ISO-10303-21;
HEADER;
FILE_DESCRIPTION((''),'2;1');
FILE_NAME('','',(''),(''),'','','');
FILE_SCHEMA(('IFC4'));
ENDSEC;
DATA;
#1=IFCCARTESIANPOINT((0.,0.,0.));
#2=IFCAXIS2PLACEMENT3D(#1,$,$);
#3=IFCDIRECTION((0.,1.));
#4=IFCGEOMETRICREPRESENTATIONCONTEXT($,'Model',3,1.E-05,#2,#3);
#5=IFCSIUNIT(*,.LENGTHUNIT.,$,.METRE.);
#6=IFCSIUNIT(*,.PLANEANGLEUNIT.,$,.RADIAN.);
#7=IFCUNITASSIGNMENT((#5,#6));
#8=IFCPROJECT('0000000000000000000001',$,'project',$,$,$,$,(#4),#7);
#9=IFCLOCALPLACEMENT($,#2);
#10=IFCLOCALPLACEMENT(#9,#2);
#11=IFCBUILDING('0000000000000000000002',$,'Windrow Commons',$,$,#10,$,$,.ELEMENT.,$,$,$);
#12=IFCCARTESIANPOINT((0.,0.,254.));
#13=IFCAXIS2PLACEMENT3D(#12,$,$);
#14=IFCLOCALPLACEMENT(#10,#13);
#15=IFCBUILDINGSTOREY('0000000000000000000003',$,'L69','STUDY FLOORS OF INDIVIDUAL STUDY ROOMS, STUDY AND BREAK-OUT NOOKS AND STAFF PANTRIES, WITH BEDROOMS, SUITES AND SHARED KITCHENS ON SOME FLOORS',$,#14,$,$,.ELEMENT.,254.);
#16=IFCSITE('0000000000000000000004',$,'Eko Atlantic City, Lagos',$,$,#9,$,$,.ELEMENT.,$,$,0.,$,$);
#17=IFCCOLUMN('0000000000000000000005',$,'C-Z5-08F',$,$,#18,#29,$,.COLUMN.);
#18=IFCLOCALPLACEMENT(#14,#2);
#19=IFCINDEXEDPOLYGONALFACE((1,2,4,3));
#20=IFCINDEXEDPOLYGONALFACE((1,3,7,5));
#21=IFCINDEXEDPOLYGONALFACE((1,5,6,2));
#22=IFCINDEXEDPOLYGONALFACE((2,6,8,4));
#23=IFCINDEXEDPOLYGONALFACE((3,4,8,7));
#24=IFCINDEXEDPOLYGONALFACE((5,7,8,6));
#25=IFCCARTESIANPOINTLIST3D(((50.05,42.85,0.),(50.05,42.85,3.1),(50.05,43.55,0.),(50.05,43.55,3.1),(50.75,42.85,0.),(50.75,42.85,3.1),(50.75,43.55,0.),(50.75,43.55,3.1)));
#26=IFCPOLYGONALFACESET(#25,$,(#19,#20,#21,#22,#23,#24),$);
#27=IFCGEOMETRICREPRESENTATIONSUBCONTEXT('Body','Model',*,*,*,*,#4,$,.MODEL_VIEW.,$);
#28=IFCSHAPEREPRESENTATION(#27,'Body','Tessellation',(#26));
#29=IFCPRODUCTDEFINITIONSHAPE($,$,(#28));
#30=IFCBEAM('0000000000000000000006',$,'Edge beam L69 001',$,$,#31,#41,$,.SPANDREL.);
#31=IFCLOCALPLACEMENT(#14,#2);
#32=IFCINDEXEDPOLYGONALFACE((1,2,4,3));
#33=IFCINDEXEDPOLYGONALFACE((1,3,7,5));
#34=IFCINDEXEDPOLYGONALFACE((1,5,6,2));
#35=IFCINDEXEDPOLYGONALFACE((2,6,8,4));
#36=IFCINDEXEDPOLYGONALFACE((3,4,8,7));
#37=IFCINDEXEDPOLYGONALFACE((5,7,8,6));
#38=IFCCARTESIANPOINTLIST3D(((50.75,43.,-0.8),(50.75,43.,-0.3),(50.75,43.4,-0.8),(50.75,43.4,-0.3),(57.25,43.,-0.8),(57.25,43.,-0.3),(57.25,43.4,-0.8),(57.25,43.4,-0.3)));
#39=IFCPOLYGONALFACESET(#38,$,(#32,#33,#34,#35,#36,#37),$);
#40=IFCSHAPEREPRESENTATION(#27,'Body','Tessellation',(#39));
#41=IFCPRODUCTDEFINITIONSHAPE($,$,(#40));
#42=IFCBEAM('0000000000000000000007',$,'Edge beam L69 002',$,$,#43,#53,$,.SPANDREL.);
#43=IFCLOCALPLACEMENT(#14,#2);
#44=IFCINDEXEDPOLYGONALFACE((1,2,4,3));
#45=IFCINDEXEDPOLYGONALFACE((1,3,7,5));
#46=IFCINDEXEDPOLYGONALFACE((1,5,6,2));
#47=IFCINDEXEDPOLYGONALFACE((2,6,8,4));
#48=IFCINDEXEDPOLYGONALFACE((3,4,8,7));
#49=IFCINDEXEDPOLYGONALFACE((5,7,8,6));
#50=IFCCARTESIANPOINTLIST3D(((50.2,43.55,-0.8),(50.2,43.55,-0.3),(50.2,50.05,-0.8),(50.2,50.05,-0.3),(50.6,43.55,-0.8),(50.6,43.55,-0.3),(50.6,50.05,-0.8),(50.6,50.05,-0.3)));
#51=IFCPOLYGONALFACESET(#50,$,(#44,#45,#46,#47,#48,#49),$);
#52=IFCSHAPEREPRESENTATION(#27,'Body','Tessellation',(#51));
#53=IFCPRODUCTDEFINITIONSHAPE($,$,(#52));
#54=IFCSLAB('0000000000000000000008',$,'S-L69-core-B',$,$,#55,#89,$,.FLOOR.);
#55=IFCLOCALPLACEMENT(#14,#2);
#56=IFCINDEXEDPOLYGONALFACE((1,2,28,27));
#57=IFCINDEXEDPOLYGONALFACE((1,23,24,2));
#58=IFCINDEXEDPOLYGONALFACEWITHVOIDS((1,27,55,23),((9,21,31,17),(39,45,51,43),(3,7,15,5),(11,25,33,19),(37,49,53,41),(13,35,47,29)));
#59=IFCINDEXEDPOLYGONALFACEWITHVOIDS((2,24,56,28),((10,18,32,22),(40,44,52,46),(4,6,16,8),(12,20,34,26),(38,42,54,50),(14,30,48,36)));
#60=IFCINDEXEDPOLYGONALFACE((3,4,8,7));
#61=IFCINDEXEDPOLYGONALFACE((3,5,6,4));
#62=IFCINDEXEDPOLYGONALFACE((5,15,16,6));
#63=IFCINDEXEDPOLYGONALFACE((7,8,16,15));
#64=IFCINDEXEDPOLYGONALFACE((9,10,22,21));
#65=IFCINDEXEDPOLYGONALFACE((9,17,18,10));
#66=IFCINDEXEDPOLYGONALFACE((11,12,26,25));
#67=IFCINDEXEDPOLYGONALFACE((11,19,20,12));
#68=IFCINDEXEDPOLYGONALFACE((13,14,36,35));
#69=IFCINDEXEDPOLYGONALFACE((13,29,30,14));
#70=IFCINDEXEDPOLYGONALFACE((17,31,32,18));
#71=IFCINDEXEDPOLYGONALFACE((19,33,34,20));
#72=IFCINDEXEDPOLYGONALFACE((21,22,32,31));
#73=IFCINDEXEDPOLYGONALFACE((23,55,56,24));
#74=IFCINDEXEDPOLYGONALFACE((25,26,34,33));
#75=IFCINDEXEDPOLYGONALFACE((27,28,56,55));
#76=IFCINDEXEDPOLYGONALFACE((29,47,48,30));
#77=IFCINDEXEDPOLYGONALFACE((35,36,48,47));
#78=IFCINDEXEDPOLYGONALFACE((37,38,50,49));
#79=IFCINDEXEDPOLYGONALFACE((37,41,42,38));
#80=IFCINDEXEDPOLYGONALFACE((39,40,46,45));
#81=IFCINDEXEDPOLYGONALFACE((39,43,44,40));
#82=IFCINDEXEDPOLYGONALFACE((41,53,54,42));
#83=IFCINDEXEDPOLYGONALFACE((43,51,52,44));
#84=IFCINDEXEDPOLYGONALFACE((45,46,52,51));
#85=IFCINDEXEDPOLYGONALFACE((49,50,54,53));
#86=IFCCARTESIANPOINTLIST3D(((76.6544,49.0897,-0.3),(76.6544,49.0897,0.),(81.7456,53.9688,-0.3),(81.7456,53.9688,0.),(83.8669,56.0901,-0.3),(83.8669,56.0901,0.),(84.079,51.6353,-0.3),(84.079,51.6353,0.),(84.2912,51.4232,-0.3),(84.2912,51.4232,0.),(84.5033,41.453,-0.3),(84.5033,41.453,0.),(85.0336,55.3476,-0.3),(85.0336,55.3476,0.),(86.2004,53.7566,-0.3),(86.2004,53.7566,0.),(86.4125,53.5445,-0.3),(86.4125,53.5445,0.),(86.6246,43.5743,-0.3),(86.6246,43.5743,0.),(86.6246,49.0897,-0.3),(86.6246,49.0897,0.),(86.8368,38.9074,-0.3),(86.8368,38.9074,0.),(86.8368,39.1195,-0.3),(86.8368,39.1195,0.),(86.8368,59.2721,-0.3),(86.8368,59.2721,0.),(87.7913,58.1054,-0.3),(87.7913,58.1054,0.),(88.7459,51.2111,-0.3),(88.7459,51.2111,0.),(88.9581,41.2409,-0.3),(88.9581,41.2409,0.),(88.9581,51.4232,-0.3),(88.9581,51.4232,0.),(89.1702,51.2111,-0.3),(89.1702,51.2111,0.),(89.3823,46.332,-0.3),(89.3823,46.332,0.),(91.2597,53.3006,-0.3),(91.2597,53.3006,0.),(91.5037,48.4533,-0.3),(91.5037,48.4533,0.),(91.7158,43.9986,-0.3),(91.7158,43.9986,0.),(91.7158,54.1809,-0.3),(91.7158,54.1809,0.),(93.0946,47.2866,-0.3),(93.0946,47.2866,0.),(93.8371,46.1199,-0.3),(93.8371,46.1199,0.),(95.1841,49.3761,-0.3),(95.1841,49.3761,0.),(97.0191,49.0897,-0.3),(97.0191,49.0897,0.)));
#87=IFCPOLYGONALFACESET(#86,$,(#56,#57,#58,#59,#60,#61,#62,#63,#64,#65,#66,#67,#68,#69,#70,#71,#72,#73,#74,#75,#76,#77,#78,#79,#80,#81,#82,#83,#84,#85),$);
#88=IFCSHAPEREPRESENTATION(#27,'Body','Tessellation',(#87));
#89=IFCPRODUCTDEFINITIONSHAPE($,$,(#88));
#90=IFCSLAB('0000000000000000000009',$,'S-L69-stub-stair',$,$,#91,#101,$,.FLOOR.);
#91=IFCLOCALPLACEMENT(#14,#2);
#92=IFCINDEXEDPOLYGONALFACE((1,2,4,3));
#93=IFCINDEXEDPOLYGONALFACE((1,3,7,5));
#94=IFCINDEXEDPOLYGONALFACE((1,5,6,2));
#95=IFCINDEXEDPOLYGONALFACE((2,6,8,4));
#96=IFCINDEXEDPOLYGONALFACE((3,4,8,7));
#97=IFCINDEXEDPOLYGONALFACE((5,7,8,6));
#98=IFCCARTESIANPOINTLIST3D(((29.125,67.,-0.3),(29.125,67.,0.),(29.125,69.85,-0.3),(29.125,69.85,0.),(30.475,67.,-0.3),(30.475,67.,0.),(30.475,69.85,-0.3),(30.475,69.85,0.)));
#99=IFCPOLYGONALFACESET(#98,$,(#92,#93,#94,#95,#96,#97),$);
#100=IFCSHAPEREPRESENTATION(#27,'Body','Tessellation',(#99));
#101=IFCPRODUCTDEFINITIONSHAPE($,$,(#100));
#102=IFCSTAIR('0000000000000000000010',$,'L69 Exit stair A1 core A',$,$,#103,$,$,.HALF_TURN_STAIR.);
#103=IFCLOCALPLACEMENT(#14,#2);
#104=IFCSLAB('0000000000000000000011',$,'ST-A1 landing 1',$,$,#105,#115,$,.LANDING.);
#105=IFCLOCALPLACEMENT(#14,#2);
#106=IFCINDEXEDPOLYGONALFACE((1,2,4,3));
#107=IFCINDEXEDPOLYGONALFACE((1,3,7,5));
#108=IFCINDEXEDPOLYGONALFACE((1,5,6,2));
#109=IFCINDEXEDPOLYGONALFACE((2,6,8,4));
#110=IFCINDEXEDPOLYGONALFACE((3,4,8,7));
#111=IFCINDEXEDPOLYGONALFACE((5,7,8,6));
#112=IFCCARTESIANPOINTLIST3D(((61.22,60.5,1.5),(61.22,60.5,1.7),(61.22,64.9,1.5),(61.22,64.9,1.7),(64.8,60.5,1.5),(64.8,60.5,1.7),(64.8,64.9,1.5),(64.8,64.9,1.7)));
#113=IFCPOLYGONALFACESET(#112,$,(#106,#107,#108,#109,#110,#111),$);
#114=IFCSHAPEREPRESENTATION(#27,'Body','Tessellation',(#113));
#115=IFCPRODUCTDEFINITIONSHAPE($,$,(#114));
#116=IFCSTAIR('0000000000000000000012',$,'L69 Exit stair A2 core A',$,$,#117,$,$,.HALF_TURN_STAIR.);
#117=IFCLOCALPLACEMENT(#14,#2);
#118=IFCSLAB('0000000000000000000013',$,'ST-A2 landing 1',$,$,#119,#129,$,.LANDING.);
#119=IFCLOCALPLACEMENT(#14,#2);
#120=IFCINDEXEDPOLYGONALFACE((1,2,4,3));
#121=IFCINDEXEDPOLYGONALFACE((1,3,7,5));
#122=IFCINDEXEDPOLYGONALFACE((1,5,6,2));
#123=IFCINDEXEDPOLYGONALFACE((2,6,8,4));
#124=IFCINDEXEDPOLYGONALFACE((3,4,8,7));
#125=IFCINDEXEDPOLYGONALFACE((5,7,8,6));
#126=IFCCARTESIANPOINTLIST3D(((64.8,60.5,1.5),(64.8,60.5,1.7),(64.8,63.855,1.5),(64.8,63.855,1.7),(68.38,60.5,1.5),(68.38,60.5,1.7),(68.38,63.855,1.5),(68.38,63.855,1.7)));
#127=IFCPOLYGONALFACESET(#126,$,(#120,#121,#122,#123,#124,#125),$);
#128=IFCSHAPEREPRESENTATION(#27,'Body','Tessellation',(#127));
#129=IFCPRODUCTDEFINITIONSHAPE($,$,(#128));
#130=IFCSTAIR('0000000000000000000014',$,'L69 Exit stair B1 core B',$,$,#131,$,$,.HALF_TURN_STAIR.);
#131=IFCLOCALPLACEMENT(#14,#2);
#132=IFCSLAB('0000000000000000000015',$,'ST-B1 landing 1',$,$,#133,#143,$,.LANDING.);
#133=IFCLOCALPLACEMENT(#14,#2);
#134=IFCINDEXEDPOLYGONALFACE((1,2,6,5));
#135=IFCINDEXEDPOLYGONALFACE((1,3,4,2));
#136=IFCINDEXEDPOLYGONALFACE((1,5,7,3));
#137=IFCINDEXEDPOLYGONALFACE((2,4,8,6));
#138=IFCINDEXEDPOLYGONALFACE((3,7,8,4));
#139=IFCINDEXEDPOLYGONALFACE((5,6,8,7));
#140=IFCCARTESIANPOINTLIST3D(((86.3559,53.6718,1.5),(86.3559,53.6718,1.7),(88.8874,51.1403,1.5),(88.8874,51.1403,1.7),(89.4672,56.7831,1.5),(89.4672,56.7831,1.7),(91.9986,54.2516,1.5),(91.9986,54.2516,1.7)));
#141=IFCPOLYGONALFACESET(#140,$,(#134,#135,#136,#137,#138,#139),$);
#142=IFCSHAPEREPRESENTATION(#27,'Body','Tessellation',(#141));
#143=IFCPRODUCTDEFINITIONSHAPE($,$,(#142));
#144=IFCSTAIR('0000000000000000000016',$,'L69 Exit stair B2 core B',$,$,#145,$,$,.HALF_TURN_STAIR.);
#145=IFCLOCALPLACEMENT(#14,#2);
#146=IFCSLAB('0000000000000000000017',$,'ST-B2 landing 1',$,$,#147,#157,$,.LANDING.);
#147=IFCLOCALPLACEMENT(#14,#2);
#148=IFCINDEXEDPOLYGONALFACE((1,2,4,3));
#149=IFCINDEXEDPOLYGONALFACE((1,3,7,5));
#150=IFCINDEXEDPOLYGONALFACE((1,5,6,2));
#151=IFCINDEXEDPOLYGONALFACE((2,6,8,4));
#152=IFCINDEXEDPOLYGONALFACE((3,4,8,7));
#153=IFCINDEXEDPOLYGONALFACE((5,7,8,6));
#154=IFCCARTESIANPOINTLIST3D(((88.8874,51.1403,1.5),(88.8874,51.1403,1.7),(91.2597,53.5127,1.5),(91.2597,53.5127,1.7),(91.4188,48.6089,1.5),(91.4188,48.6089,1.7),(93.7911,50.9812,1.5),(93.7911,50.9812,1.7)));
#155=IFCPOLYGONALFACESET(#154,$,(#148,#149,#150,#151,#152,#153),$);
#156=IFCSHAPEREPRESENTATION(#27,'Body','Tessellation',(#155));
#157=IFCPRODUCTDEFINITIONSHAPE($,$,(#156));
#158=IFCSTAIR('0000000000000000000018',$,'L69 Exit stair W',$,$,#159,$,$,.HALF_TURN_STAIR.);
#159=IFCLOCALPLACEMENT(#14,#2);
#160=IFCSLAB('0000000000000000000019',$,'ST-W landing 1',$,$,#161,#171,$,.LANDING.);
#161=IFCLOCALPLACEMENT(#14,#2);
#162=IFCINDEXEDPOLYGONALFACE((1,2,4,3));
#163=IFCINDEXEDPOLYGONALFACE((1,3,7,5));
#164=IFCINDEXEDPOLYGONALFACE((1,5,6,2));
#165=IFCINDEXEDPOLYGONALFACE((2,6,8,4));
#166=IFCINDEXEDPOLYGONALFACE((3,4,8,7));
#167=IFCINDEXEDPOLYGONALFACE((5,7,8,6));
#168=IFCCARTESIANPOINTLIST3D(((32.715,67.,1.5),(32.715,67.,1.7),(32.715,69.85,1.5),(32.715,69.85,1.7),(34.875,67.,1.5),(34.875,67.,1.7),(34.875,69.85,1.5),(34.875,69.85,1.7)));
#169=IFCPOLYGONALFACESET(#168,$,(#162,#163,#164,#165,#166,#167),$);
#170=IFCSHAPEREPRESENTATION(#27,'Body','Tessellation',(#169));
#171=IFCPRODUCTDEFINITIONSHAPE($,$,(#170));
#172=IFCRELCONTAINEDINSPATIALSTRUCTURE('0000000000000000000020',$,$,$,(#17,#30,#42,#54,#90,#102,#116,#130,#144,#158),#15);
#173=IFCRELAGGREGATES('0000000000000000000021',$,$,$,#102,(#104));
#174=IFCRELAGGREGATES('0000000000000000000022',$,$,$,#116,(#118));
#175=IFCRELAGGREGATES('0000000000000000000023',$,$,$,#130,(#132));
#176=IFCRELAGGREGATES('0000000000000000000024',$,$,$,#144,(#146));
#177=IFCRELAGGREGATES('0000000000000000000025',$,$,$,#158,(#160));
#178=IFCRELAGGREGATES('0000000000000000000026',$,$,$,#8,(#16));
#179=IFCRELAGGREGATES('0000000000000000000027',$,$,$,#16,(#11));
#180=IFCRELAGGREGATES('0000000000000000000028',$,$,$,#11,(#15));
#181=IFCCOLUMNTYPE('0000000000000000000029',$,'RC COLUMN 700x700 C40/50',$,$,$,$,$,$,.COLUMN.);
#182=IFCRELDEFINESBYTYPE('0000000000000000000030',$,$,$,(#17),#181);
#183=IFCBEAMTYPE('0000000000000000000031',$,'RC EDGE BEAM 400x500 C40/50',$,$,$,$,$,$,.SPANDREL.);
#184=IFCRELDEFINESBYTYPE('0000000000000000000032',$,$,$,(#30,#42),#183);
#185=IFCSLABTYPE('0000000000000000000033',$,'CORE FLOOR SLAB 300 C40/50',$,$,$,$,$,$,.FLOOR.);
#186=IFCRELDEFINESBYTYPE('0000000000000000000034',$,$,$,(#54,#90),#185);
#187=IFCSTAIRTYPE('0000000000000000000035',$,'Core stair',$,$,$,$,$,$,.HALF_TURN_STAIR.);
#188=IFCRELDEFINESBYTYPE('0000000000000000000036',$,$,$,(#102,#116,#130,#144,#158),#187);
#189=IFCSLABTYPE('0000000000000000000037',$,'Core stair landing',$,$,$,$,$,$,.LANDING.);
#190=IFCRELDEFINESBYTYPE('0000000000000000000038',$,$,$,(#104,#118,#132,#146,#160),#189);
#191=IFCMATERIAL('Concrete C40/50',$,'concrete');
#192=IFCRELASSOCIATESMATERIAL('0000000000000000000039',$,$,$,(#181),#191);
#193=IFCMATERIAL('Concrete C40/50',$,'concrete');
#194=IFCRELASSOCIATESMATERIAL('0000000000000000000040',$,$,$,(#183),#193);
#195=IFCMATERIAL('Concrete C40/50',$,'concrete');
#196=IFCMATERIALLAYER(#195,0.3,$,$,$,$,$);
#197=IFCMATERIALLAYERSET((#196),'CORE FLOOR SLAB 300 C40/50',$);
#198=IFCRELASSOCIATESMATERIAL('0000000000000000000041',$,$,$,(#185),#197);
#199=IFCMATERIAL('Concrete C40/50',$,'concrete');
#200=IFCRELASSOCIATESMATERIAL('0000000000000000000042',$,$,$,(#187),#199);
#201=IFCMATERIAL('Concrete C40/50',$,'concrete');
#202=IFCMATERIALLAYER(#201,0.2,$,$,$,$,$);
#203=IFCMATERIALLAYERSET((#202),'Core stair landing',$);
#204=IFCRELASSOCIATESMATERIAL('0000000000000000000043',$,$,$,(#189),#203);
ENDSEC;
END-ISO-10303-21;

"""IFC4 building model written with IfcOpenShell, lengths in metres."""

from ifc_helpers import new_model, si_unit, direction, frame, origin, origin_2d, place, context, subcontext, project, spatial, polyline, rectangle, outline, extrude, material, layer, layer_set, material_profile, profile_set, type_object, element, aggregate, save


model = new_model("IFC4")

# Units and contexts
model_context = context("Model", 3, precision=1e-05, world=origin(), true_north=direction((0.0, 1.0)))
body_context = subcontext(model_context, "Body", "Model", "MODEL_VIEW")
ifc_project = project(units=[si_unit("LENGTHUNIT", "METRE"), si_unit("PLANEANGLEUNIT", "RADIAN")], contexts=[model_context])

# Site, building, storey
site_placement = place(None, origin())
site = spatial("IfcSite", under=ifc_project, at=site_placement, Name="Eko Atlantic City, Lagos", CompositionType="ELEMENT", RefElevation=0.0)
building_placement = place(site_placement, origin())
building = spatial("IfcBuilding", under=site, at=building_placement, Name="Windrow Commons", CompositionType="ELEMENT")
storey_placement = place(building_placement, frame((0.0, 0.0, 254.0)))
storey = spatial("IfcBuildingStorey", under=building, at=storey_placement, Name="L69", Description="STUDY FLOORS OF INDIVIDUAL STUDY ROOMS, STUDY AND BREAK-OUT NOOKS AND STAFF PANTRIES, WITH BEDROOMS, SUITES AND SHARED KITCHENS ON SOME FLOORS", CompositionType="ELEMENT", Elevation=254.0)

# Column
ifc_material_1 = material(Name="Concrete C40/50", Category="concrete")
ifc_material_profile_1 = material_profile(ifc_material_1, rectangle(XDim=0.7, YDim=0.7, at=origin_2d()))
ifc_profile_set_1 = profile_set([ifc_material_profile_1], Name="Concrete C40/50")
column_type = type_object("IfcColumnType", Name="RC COLUMN 700x700 C40/50", PredefinedType="COLUMN", material=ifc_profile_set_1)
column_placement = place(storey_placement, frame((50.4, 43.2, 0.0), z_axis=(0.0, 0.0, 1.0), x_axis=(1.0, 0.0, 0.0)))
element("IfcColumn", 1, at=column_placement, inside=storey, type_object=column_type, Name="C-Z5-08F", PredefinedType="COLUMN", context=body_context, shape_type="SweptSolid", body=[
    extrude(rectangle(XDim=0.7, YDim=0.7, at=origin_2d()), origin(), (0.0, 0.0, 1.0), 3.1),
])

# Beams
ifc_material_2 = material(Name="Concrete C40/50", Category="concrete")
ifc_material_profile_2 = material_profile(ifc_material_2, rectangle(XDim=0.4, YDim=0.5, at=origin_2d()))
ifc_profile_set_2 = profile_set([ifc_material_profile_2], Name="Concrete C40/50")
beam_type = type_object("IfcBeamType", Name="RC EDGE BEAM 400x500 C40/50", PredefinedType="SPANDREL", material=ifc_profile_set_2)
for number, where, z_axis, x_axis, name in (
    (2, (57.25, 43.2, -0.55), (-1.0, 0.0, 0.0), (0.0, -1.0, 0.0), "Edge beam L69 001"),
    (3, (50.4, 43.55, -0.55), (0.0, 1.0, 0.0), (-1.0, 0.0, 0.0), "Edge beam L69 002"),
):
    element("IfcBeam", number, at=place(storey_placement, frame(where, z_axis=z_axis, x_axis=x_axis)), inside=storey, type_object=beam_type, Name=name, PredefinedType="SPANDREL", context=body_context, shape_type="SweptSolid", body=[
        extrude(rectangle(XDim=0.4, YDim=0.5, at=origin_2d()), origin(), (0.0, 0.0, 1.0), 6.5),
    ])

# Slab, openings
ifc_material_3 = material(Name="Concrete C40/50", Category="concrete")
ifc_layer_1 = layer(ifc_material_3, 0.3)
ifc_layer_set_1 = layer_set([ifc_layer_1], Name="CORE FLOOR SLAB 300 C40/50")
slab_type_1 = type_object("IfcSlabType", Name="CORE FLOOR SLAB 300 C40/50", PredefinedType="FLOOR", material=ifc_layer_set_1)
placement_1 = place(storey_placement, frame((0.0, 0.0, -0.3)))
slab_1 = element("IfcSlab", 4, at=placement_1, inside=storey, type_object=slab_type_1, Name="S-L69-core-B", PredefinedType="FLOOR", context=body_context, shape_type="SweptSolid", body=[
    extrude(outline(polyline([(76.6544, 49.0897), (86.8368, 38.9074), (97.0191, 49.0897), (86.8368, 59.2721), (76.6544, 49.0897)]), holes=[polyline([(84.5033, 41.453), (86.8368, 39.1195), (88.9581, 41.2409), (86.6246, 43.5743), (84.5033, 41.453)]), polyline([(81.7456, 53.9688), (84.079, 51.6353), (86.2004, 53.7566), (83.8669, 56.0901), (81.7456, 53.9688)]), polyline([(84.2912, 51.4232), (86.6246, 49.0897), (88.7459, 51.2111), (86.4125, 53.5445), (84.2912, 51.4232)]), polyline([(89.3823, 46.332), (91.7158, 43.9986), (93.8371, 46.1199), (91.5037, 48.4533), (89.3823, 46.332)]), polyline([(85.0336, 55.3476), (88.9581, 51.4232), (91.7158, 54.1809), (87.7913, 58.1054), (85.0336, 55.3476)]), polyline([(89.1702, 51.2111), (93.0946, 47.2866), (95.1841, 49.3761), (91.2597, 53.3006), (89.1702, 51.2111)])]), origin(), (0.0, 0.0, 1.0), 0.3),
])
opening_1_placement = place(placement_1, origin())
element("IfcOpeningElement", 5, at=opening_1_placement, cuts=slab_1, PredefinedType="OPENING", context=body_context, shape_type="SweptSolid", body=[
    extrude(outline(polyline([(84.5104, 41.453), (86.6246, 43.5672), (88.951, 41.2409), (86.8368, 39.1266), (84.5104, 41.453)])), origin(), (0.0, 0.0, 1.0), 0.3),
])
opening_2_placement = place(placement_1, origin())
element("IfcOpeningElement", 6, at=opening_2_placement, cuts=slab_1, PredefinedType="OPENING", context=body_context, shape_type="SweptSolid", body=[
    extrude(outline(polyline([(81.7527, 53.9688), (83.8669, 56.083), (86.1933, 53.7566), (84.079, 51.6424), (81.7527, 53.9688)])), origin(), (0.0, 0.0, 1.0), 0.3),
])
opening_3_placement = place(placement_1, origin())
element("IfcOpeningElement", 7, at=opening_3_placement, cuts=slab_1, PredefinedType="OPENING", context=body_context, shape_type="SweptSolid", body=[
    extrude(outline(polyline([(84.2983, 51.4232), (86.4125, 53.5374), (88.7388, 51.2111), (86.6246, 49.0968), (84.2983, 51.4232)])), origin(), (0.0, 0.0, 1.0), 0.3),
])
opening_4_placement = place(placement_1, origin())
element("IfcOpeningElement", 8, at=opening_4_placement, cuts=slab_1, PredefinedType="OPENING", context=body_context, shape_type="SweptSolid", body=[
    extrude(outline(polyline([(89.3894, 46.332), (91.5037, 48.4462), (93.83, 46.1199), (91.7158, 44.0057), (89.3894, 46.332)])), origin(), (0.0, 0.0, 1.0), 0.3),
])
opening_5_placement = place(placement_1, origin())
element("IfcOpeningElement", 9, at=opening_5_placement, cuts=slab_1, PredefinedType="OPENING", context=body_context, shape_type="SweptSolid", body=[
    extrude(outline(polyline([(85.0407, 55.3476), (87.7913, 58.0983), (91.7087, 54.1809), (88.9581, 51.4303), (85.0407, 55.3476)])), origin(), (0.0, 0.0, 1.0), 0.3),
])
opening_6_placement = place(placement_1, origin())
element("IfcOpeningElement", 10, at=opening_6_placement, cuts=slab_1, PredefinedType="OPENING", context=body_context, shape_type="SweptSolid", body=[
    extrude(outline(polyline([(89.1773, 51.2111), (91.2597, 53.2935), (95.177, 49.3761), (93.0946, 47.2937), (89.1773, 51.2111)])), origin(), (0.0, 0.0, 1.0), 0.3),
])

# Slab
element("IfcSlab", 11, at=placement_1, inside=storey, type_object=slab_type_1, Name="S-L69-stub-stair", PredefinedType="FLOOR", context=body_context, shape_type="SweptSolid", body=[
    extrude(outline(polyline([(29.125, 67.0), (30.475, 67.0), (30.475, 69.85), (29.125, 69.85), (29.125, 67.0)])), origin(), (0.0, 0.0, 1.0), 0.3),
])

# Stairs, slabs
ifc_material_4 = material(Name="Concrete C40/50", Category="concrete")
stair_type = type_object("IfcStairType", Name="Core stair", PredefinedType="HALF_TURN_STAIR", material=ifc_material_4)
placement_2 = place(storey_placement, origin())
stair_1 = element("IfcStair", 12, at=placement_2, inside=storey, type_object=stair_type, Name="L69 Exit stair A1 core A", PredefinedType="HALF_TURN_STAIR")
ifc_material_5 = material(Name="Concrete C40/50", Category="concrete")
ifc_layer_2 = layer(ifc_material_5, 0.2)
ifc_layer_set_2 = layer_set([ifc_layer_2], Name="Core stair landing")
slab_type_2 = type_object("IfcSlabType", Name="Core stair landing", PredefinedType="LANDING", material=ifc_layer_set_2)
placement_3 = place(storey_placement, frame((0.0, 0.0, 1.5)))
slab_2 = element("IfcSlab", 13, at=placement_3, type_object=slab_type_2, Name="ST-A1 landing 1", PredefinedType="LANDING", context=body_context, shape_type="SweptSolid", body=[
    extrude(outline(polyline([(61.22, 60.5), (64.8, 60.5), (64.8, 64.9), (61.22, 64.9), (61.22, 60.5)])), origin(), (0.0, 0.0, 1.0), 0.2),
])
aggregate(stair_1, [slab_2])
stair_2 = element("IfcStair", 14, at=placement_2, inside=storey, type_object=stair_type, Name="L69 Exit stair A2 core A", PredefinedType="HALF_TURN_STAIR")
slab_3 = element("IfcSlab", 15, at=placement_3, type_object=slab_type_2, Name="ST-A2 landing 1", PredefinedType="LANDING", context=body_context, shape_type="SweptSolid", body=[
    extrude(outline(polyline([(64.8, 60.5), (68.38, 60.5), (68.38, 63.855), (64.8, 63.855), (64.8, 60.5)])), origin(), (0.0, 0.0, 1.0), 0.2),
])
aggregate(stair_2, [slab_3])
stair_3 = element("IfcStair", 16, at=placement_2, inside=storey, type_object=stair_type, Name="L69 Exit stair B1 core B", PredefinedType="HALF_TURN_STAIR")
slab_4 = element("IfcSlab", 17, at=placement_3, type_object=slab_type_2, Name="ST-B1 landing 1", PredefinedType="LANDING", context=body_context, shape_type="SweptSolid", body=[
    extrude(outline(polyline([(86.3559, 53.6718), (88.8874, 51.1403), (91.9986, 54.2516), (89.4672, 56.7831), (86.3559, 53.6718)])), origin(), (0.0, 0.0, 1.0), 0.2),
])
aggregate(stair_3, [slab_4])
stair_4 = element("IfcStair", 18, at=placement_2, inside=storey, type_object=stair_type, Name="L69 Exit stair B2 core B", PredefinedType="HALF_TURN_STAIR")
slab_5 = element("IfcSlab", 19, at=placement_3, type_object=slab_type_2, Name="ST-B2 landing 1", PredefinedType="LANDING", context=body_context, shape_type="SweptSolid", body=[
    extrude(outline(polyline([(88.8874, 51.1403), (91.4188, 48.6089), (93.7911, 50.9812), (91.2597, 53.5127), (88.8874, 51.1403)])), origin(), (0.0, 0.0, 1.0), 0.2),
])
aggregate(stair_4, [slab_5])
stair_5 = element("IfcStair", 20, at=placement_2, inside=storey, type_object=stair_type, Name="L69 Exit stair W", PredefinedType="HALF_TURN_STAIR")
slab_6 = element("IfcSlab", 21, at=placement_3, type_object=slab_type_2, Name="ST-W landing 1", PredefinedType="LANDING", context=body_context, shape_type="SweptSolid", body=[
    extrude(outline(polyline([(32.715, 67.0), (34.875, 67.0), (34.875, 69.85), (32.715, 69.85), (32.715, 67.0)])), origin(), (0.0, 0.0, 1.0), 0.2),
])
aggregate(stair_5, [slab_6])

save(model, "model.ifc")
